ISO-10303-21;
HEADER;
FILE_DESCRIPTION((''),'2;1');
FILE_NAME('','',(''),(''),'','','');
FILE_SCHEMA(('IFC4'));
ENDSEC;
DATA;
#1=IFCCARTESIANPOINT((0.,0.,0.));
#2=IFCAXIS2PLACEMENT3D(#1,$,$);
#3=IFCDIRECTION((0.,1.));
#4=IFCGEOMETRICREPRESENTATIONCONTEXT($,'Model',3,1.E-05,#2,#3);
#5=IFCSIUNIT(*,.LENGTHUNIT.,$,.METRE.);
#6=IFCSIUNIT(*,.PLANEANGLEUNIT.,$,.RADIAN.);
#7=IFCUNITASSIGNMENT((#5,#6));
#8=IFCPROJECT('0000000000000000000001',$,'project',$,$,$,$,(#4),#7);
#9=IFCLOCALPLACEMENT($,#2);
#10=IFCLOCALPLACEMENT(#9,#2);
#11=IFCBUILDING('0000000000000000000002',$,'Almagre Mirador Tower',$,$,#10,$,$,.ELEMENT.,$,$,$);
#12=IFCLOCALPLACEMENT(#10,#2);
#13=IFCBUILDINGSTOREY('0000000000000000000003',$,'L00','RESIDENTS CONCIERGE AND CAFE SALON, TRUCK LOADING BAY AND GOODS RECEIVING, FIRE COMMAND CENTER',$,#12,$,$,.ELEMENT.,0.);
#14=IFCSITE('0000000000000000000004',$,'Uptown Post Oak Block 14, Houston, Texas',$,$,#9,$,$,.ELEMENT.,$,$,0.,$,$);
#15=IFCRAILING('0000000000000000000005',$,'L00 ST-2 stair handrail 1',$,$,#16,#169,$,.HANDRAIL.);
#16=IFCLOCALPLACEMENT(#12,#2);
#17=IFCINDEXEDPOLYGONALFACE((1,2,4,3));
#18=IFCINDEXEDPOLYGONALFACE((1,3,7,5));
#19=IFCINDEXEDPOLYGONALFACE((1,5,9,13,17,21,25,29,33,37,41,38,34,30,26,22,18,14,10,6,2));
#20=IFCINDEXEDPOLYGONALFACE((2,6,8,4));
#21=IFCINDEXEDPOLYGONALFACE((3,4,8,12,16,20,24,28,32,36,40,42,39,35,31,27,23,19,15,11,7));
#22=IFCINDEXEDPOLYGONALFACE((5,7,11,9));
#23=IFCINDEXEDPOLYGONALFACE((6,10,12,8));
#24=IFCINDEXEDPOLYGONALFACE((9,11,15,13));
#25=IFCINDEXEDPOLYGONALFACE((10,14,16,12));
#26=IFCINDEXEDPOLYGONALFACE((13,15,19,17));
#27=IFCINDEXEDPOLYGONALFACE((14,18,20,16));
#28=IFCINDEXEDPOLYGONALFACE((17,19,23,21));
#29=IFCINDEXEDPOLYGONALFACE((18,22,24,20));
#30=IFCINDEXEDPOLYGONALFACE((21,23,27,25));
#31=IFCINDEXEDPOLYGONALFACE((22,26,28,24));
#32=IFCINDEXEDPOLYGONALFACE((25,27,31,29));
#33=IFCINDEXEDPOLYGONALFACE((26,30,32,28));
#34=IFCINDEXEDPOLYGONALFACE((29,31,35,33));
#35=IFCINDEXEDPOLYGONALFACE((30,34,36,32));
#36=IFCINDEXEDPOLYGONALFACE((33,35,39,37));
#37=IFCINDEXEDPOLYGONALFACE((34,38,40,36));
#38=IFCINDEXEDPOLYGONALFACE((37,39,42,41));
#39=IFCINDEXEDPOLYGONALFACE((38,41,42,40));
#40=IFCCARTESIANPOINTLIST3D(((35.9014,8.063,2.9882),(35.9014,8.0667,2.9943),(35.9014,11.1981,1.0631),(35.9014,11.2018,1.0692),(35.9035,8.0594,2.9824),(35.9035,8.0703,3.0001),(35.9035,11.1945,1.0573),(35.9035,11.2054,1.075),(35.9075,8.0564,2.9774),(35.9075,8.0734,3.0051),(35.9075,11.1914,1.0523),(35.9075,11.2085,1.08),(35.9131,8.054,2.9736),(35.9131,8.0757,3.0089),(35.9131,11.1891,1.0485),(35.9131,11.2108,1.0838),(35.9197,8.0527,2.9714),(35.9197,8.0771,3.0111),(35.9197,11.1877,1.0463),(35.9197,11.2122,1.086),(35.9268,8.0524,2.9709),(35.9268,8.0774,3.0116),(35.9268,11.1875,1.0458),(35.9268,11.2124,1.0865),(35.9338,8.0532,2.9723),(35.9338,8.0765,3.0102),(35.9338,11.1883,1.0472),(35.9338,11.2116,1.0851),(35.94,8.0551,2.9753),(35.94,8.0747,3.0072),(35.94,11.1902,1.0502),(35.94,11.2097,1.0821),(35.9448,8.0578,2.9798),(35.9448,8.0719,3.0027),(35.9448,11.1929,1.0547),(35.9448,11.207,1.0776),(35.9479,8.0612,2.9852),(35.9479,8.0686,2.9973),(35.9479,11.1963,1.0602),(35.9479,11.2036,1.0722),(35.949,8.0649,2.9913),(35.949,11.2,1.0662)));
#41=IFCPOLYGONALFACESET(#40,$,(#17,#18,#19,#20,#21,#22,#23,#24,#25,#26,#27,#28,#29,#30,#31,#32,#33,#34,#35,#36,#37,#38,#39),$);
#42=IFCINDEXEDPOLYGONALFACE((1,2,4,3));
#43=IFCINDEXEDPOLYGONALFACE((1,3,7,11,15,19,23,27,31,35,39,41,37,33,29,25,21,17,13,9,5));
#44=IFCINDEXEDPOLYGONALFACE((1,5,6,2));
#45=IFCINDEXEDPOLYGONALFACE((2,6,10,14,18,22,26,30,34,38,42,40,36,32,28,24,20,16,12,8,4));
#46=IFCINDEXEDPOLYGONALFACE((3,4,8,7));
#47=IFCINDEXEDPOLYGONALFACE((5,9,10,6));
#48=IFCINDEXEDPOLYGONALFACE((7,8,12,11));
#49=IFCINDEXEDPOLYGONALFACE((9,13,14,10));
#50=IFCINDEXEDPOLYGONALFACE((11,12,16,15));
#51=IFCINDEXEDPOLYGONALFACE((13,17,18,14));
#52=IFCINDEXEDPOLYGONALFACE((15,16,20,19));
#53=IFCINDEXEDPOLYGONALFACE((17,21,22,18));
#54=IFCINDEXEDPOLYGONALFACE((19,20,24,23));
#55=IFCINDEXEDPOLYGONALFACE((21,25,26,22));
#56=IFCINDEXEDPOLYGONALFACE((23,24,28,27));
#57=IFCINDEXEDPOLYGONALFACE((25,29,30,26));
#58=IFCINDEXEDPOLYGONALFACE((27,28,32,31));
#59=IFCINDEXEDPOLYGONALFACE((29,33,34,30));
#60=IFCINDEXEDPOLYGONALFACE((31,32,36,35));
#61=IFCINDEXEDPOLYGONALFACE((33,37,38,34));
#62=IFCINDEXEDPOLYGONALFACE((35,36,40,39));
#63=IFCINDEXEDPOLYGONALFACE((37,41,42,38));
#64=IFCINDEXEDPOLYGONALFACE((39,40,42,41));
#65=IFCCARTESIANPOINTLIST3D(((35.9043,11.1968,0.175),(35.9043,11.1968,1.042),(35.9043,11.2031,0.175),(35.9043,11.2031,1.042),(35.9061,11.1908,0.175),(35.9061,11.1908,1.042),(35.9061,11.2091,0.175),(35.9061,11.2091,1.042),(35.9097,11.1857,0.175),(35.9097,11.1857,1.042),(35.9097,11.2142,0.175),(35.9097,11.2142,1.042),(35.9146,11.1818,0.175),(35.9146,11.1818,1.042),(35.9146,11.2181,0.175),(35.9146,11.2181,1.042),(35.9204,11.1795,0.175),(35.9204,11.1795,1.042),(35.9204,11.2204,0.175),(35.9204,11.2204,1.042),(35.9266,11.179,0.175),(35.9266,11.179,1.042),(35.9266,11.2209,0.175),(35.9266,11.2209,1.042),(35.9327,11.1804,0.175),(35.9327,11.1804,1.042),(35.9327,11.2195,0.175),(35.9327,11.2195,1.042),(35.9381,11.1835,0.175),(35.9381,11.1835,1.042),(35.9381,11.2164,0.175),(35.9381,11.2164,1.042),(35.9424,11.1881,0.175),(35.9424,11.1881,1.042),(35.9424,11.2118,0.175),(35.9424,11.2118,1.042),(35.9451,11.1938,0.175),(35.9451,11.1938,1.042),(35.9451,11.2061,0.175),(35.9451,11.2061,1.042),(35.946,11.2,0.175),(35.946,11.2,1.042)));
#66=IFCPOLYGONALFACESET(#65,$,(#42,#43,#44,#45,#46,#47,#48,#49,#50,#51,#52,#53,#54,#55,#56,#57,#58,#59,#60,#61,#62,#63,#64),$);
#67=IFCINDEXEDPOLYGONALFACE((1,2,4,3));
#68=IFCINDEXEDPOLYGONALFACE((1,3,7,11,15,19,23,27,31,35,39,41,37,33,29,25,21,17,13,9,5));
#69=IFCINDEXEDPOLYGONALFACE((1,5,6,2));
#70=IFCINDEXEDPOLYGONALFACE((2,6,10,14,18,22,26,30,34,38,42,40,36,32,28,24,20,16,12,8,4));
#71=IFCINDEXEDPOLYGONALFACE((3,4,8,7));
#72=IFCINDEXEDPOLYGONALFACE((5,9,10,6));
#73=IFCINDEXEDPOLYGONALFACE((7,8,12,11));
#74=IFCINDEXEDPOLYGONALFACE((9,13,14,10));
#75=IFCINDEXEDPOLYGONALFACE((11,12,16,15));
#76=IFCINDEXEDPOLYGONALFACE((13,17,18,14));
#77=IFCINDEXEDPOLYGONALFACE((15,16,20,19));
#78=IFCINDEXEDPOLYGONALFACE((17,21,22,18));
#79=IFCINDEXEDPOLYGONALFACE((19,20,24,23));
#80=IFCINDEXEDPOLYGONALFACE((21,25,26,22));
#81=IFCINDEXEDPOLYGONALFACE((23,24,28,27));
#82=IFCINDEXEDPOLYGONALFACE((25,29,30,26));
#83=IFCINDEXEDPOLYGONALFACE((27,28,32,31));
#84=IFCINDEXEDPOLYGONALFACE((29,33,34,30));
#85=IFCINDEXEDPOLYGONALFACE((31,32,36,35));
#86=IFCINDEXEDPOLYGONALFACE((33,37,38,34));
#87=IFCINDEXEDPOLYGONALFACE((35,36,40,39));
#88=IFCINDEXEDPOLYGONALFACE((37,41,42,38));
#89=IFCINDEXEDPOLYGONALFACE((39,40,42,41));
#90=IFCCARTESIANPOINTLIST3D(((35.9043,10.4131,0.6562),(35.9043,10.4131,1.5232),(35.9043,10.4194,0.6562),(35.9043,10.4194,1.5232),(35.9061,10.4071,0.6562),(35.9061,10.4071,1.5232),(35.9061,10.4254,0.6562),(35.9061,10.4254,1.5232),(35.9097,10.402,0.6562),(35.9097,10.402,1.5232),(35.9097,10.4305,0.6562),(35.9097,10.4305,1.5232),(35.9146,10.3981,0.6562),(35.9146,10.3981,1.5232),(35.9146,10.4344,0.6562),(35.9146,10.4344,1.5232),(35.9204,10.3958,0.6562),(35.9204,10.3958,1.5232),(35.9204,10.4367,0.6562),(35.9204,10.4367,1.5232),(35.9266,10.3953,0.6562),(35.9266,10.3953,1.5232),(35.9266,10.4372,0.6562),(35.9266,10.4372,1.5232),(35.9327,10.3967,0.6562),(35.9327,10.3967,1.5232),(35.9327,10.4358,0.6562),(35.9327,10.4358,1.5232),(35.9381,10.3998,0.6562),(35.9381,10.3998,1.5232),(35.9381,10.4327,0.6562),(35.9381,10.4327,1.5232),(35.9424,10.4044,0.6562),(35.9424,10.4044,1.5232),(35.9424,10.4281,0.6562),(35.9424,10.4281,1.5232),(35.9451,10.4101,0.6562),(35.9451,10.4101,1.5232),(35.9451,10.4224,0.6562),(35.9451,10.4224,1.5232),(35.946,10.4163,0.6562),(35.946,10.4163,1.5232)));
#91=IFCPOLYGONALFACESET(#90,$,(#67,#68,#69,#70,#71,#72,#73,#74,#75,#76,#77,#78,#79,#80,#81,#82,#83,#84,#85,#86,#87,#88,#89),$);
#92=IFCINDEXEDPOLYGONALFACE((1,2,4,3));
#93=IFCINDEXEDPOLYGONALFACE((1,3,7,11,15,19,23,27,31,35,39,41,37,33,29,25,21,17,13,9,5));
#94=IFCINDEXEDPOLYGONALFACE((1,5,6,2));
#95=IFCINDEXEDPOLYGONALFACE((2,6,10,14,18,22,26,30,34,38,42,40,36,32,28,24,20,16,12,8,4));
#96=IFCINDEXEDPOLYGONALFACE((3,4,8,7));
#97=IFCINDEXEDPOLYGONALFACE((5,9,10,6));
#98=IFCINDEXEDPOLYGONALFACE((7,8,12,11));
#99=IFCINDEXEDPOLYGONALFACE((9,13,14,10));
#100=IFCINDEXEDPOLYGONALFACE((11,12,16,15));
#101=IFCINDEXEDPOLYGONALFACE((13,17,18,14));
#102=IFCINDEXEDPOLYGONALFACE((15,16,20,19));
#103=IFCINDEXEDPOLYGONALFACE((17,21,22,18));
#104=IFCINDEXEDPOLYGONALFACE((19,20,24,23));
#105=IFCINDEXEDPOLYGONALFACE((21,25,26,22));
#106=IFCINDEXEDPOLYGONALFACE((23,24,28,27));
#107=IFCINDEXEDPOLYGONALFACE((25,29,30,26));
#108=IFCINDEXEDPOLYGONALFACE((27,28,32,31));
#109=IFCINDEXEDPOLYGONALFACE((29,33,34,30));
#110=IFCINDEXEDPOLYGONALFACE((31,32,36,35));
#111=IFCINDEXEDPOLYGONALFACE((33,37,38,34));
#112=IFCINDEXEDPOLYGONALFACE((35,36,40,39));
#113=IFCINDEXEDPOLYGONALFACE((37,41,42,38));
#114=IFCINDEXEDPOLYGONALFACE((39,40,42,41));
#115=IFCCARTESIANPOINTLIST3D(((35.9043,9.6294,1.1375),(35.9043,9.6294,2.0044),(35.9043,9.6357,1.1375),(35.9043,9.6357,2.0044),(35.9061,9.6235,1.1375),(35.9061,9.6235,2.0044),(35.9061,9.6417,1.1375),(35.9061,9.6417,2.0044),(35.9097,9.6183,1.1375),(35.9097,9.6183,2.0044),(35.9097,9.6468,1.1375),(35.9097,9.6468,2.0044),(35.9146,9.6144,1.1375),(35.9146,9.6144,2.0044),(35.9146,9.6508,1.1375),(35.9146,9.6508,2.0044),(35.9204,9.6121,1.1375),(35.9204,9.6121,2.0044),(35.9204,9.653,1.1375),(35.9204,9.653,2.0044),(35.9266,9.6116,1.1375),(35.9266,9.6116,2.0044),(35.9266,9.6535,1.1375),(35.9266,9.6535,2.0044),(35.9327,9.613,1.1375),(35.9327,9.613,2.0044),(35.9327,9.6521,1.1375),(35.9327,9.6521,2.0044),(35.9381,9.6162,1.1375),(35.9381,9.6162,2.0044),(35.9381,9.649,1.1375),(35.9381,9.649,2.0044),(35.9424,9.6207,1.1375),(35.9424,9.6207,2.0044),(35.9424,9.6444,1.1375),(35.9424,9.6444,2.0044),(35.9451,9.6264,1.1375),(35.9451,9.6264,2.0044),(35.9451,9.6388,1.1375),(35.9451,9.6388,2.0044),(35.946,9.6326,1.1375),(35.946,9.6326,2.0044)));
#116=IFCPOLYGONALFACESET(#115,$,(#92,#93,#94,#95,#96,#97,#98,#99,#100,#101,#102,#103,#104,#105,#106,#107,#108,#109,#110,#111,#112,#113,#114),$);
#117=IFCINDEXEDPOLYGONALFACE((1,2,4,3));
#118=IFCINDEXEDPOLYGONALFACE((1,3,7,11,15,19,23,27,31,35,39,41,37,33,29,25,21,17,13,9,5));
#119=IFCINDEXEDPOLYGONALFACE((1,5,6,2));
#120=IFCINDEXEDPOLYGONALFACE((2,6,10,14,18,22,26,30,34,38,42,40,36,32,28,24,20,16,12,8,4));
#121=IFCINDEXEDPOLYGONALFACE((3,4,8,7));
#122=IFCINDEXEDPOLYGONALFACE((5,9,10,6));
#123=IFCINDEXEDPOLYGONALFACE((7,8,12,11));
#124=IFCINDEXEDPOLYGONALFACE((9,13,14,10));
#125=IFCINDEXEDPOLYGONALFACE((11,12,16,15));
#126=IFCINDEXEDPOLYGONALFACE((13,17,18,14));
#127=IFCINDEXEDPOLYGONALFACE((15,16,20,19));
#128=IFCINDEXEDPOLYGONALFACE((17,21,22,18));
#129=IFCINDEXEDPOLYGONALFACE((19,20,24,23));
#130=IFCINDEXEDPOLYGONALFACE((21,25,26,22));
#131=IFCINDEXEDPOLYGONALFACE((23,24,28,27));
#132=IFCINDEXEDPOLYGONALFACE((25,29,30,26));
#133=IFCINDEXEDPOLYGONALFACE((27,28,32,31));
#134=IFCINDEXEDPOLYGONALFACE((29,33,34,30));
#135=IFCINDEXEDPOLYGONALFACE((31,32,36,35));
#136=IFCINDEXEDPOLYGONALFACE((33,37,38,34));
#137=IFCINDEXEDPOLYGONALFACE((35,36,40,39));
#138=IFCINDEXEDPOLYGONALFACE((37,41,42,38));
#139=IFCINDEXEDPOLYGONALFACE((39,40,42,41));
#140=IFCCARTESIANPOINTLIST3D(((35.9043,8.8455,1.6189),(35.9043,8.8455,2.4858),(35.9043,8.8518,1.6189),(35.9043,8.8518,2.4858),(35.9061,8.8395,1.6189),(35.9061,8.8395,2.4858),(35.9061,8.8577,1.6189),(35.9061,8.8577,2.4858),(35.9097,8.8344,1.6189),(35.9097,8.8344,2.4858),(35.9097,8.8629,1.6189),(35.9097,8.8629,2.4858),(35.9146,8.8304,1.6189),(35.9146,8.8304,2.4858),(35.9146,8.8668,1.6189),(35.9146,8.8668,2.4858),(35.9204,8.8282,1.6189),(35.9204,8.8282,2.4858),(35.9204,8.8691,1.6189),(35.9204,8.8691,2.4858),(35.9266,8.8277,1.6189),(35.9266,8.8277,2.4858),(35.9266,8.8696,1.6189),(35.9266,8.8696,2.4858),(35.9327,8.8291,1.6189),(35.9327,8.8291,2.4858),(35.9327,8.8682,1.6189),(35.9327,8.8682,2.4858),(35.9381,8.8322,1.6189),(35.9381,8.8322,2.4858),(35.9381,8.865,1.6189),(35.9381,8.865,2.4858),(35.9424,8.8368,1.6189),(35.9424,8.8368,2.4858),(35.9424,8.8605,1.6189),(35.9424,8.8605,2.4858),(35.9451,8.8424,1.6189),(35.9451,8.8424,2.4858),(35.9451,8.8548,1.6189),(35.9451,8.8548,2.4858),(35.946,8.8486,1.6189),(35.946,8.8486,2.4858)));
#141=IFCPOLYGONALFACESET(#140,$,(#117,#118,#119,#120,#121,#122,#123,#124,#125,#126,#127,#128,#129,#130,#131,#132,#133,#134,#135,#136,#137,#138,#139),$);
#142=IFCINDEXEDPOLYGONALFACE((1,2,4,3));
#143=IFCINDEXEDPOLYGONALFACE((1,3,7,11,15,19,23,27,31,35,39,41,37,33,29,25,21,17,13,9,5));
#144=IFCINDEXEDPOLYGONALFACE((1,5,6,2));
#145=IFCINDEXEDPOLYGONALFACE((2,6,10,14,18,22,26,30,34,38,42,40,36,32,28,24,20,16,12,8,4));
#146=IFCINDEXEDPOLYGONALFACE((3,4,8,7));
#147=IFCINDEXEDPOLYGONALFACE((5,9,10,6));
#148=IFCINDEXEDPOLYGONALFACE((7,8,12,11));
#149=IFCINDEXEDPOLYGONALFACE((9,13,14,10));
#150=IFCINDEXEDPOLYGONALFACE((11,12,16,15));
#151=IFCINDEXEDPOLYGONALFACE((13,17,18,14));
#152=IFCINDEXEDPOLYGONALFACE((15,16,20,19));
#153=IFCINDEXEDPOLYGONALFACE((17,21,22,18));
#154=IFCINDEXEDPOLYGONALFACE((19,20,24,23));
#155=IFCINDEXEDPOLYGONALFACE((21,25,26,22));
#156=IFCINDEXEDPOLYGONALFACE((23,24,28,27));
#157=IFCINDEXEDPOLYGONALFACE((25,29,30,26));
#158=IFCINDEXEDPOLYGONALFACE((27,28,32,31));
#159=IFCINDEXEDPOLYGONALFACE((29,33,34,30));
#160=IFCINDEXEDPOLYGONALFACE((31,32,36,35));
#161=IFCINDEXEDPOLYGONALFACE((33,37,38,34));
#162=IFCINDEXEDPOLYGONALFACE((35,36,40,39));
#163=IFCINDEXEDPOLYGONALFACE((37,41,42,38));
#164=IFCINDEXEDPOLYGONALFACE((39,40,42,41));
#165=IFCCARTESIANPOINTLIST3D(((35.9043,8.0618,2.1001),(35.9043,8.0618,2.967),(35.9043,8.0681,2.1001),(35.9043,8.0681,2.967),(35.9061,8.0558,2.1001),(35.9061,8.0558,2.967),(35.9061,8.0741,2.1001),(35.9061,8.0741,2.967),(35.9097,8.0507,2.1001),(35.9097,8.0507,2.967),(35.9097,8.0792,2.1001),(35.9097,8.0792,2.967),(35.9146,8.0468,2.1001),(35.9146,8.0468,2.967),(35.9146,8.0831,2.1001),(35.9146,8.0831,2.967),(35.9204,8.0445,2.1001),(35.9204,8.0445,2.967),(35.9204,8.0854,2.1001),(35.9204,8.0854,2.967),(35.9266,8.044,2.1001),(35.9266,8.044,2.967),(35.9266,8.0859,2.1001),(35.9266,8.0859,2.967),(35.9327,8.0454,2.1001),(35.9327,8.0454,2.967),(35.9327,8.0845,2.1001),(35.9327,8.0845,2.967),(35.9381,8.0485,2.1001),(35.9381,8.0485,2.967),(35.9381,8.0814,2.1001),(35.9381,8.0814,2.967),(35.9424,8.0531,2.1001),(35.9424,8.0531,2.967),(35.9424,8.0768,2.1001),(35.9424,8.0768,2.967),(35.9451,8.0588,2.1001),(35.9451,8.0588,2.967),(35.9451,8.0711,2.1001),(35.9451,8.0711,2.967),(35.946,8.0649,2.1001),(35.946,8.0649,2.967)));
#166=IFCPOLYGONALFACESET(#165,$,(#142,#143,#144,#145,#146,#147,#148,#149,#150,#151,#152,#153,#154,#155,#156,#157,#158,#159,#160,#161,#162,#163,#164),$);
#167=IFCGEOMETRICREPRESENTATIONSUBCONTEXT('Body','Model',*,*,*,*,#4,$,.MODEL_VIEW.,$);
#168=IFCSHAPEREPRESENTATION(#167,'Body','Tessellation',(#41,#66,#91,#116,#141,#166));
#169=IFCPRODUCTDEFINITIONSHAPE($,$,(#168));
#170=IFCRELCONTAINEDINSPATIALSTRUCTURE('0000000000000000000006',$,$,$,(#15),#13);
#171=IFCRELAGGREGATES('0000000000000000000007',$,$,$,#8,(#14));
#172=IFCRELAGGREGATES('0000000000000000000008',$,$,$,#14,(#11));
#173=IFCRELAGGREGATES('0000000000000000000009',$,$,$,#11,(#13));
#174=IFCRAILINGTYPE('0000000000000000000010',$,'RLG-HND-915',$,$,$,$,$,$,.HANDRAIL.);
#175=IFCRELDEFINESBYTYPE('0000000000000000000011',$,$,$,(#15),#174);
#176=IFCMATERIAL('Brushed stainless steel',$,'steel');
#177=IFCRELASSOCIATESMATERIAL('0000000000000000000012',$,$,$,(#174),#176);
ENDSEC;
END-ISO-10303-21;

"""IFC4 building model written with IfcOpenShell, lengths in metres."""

from ifc_helpers import new_model, si_unit, direction, frame, origin, origin_2d, place, context, subcontext, project, spatial, circle, extrude, material, type_object, element, save


model = new_model("IFC4")

# Units and contexts
model_context = context("Model", 3, precision=1e-05, world=origin(), true_north=direction((0.0, 1.0)))
body_context = subcontext(model_context, "Body", "Model", "MODEL_VIEW")
ifc_project = project(units=[si_unit("LENGTHUNIT", "METRE"), si_unit("PLANEANGLEUNIT", "RADIAN")], contexts=[model_context])

# Site, building, storey
site_placement = place(None, origin())
site = spatial("IfcSite", under=ifc_project, at=site_placement, Name="Uptown Post Oak Block 14, Houston, Texas", CompositionType="ELEMENT", RefElevation=0.0)
building_placement = place(site_placement, origin())
building = spatial("IfcBuilding", under=site, at=building_placement, Name="Almagre Mirador Tower", CompositionType="ELEMENT")
storey_placement = place(building_placement, origin())
storey = spatial("IfcBuildingStorey", under=building, at=storey_placement, Name="L00", Description="RESIDENTS CONCIERGE AND CAFE SALON, TRUCK LOADING BAY AND GOODS RECEIVING, FIRE COMMAND CENTER", CompositionType="ELEMENT", Elevation=0.0)

# Railing
ifc_material_1 = material(Name="Brushed stainless steel", Category="steel")
railing_type_1 = type_object("IfcRailingType", Name="RLG-HND-915", PredefinedType="HANDRAIL", material=ifc_material_1)
railing_1_placement = place(storey_placement, frame((35.925, 11.2, 0.175)))
element("IfcRailing", 1, at=railing_1_placement, inside=storey, type_object=railing_type_1, Name="L00 ST-2 stair handrail 1", PredefinedType="HANDRAIL", context=body_context, shape_type="SweptSolid", body=[
    extrude(circle(Radius=0.0239, at=origin_2d()), frame((0.0, 0.0, 0.8911), z_axis=(0.0, -0.852166, 0.523271), x_axis=(1.0, 0.0, 0.0)), (0.0, 0.0, 1.0), 3.679),
    extrude(circle(Radius=0.021, at=origin_2d()), origin(), (0.0, 0.0, 1.0), 0.8669),
    extrude(circle(Radius=0.021, at=origin_2d()), frame((0.0, -0.7837, 0.4812)), (0.0, 0.0, 1.0), 0.8669),
    extrude(circle(Radius=0.021, at=origin_2d()), frame((0.0, -1.5674, 0.9624)), (0.0, 0.0, 1.0), 0.8669),
    extrude(circle(Radius=0.021, at=origin_2d()), frame((0.0, -2.3513, 1.4438)), (0.0, 0.0, 1.0), 0.8669),
    extrude(circle(Radius=0.021, at=origin_2d()), frame((0.0, -3.135, 1.925)), (0.0, 0.0, 1.0), 0.8669),
])

save(model, "model.ifc")
